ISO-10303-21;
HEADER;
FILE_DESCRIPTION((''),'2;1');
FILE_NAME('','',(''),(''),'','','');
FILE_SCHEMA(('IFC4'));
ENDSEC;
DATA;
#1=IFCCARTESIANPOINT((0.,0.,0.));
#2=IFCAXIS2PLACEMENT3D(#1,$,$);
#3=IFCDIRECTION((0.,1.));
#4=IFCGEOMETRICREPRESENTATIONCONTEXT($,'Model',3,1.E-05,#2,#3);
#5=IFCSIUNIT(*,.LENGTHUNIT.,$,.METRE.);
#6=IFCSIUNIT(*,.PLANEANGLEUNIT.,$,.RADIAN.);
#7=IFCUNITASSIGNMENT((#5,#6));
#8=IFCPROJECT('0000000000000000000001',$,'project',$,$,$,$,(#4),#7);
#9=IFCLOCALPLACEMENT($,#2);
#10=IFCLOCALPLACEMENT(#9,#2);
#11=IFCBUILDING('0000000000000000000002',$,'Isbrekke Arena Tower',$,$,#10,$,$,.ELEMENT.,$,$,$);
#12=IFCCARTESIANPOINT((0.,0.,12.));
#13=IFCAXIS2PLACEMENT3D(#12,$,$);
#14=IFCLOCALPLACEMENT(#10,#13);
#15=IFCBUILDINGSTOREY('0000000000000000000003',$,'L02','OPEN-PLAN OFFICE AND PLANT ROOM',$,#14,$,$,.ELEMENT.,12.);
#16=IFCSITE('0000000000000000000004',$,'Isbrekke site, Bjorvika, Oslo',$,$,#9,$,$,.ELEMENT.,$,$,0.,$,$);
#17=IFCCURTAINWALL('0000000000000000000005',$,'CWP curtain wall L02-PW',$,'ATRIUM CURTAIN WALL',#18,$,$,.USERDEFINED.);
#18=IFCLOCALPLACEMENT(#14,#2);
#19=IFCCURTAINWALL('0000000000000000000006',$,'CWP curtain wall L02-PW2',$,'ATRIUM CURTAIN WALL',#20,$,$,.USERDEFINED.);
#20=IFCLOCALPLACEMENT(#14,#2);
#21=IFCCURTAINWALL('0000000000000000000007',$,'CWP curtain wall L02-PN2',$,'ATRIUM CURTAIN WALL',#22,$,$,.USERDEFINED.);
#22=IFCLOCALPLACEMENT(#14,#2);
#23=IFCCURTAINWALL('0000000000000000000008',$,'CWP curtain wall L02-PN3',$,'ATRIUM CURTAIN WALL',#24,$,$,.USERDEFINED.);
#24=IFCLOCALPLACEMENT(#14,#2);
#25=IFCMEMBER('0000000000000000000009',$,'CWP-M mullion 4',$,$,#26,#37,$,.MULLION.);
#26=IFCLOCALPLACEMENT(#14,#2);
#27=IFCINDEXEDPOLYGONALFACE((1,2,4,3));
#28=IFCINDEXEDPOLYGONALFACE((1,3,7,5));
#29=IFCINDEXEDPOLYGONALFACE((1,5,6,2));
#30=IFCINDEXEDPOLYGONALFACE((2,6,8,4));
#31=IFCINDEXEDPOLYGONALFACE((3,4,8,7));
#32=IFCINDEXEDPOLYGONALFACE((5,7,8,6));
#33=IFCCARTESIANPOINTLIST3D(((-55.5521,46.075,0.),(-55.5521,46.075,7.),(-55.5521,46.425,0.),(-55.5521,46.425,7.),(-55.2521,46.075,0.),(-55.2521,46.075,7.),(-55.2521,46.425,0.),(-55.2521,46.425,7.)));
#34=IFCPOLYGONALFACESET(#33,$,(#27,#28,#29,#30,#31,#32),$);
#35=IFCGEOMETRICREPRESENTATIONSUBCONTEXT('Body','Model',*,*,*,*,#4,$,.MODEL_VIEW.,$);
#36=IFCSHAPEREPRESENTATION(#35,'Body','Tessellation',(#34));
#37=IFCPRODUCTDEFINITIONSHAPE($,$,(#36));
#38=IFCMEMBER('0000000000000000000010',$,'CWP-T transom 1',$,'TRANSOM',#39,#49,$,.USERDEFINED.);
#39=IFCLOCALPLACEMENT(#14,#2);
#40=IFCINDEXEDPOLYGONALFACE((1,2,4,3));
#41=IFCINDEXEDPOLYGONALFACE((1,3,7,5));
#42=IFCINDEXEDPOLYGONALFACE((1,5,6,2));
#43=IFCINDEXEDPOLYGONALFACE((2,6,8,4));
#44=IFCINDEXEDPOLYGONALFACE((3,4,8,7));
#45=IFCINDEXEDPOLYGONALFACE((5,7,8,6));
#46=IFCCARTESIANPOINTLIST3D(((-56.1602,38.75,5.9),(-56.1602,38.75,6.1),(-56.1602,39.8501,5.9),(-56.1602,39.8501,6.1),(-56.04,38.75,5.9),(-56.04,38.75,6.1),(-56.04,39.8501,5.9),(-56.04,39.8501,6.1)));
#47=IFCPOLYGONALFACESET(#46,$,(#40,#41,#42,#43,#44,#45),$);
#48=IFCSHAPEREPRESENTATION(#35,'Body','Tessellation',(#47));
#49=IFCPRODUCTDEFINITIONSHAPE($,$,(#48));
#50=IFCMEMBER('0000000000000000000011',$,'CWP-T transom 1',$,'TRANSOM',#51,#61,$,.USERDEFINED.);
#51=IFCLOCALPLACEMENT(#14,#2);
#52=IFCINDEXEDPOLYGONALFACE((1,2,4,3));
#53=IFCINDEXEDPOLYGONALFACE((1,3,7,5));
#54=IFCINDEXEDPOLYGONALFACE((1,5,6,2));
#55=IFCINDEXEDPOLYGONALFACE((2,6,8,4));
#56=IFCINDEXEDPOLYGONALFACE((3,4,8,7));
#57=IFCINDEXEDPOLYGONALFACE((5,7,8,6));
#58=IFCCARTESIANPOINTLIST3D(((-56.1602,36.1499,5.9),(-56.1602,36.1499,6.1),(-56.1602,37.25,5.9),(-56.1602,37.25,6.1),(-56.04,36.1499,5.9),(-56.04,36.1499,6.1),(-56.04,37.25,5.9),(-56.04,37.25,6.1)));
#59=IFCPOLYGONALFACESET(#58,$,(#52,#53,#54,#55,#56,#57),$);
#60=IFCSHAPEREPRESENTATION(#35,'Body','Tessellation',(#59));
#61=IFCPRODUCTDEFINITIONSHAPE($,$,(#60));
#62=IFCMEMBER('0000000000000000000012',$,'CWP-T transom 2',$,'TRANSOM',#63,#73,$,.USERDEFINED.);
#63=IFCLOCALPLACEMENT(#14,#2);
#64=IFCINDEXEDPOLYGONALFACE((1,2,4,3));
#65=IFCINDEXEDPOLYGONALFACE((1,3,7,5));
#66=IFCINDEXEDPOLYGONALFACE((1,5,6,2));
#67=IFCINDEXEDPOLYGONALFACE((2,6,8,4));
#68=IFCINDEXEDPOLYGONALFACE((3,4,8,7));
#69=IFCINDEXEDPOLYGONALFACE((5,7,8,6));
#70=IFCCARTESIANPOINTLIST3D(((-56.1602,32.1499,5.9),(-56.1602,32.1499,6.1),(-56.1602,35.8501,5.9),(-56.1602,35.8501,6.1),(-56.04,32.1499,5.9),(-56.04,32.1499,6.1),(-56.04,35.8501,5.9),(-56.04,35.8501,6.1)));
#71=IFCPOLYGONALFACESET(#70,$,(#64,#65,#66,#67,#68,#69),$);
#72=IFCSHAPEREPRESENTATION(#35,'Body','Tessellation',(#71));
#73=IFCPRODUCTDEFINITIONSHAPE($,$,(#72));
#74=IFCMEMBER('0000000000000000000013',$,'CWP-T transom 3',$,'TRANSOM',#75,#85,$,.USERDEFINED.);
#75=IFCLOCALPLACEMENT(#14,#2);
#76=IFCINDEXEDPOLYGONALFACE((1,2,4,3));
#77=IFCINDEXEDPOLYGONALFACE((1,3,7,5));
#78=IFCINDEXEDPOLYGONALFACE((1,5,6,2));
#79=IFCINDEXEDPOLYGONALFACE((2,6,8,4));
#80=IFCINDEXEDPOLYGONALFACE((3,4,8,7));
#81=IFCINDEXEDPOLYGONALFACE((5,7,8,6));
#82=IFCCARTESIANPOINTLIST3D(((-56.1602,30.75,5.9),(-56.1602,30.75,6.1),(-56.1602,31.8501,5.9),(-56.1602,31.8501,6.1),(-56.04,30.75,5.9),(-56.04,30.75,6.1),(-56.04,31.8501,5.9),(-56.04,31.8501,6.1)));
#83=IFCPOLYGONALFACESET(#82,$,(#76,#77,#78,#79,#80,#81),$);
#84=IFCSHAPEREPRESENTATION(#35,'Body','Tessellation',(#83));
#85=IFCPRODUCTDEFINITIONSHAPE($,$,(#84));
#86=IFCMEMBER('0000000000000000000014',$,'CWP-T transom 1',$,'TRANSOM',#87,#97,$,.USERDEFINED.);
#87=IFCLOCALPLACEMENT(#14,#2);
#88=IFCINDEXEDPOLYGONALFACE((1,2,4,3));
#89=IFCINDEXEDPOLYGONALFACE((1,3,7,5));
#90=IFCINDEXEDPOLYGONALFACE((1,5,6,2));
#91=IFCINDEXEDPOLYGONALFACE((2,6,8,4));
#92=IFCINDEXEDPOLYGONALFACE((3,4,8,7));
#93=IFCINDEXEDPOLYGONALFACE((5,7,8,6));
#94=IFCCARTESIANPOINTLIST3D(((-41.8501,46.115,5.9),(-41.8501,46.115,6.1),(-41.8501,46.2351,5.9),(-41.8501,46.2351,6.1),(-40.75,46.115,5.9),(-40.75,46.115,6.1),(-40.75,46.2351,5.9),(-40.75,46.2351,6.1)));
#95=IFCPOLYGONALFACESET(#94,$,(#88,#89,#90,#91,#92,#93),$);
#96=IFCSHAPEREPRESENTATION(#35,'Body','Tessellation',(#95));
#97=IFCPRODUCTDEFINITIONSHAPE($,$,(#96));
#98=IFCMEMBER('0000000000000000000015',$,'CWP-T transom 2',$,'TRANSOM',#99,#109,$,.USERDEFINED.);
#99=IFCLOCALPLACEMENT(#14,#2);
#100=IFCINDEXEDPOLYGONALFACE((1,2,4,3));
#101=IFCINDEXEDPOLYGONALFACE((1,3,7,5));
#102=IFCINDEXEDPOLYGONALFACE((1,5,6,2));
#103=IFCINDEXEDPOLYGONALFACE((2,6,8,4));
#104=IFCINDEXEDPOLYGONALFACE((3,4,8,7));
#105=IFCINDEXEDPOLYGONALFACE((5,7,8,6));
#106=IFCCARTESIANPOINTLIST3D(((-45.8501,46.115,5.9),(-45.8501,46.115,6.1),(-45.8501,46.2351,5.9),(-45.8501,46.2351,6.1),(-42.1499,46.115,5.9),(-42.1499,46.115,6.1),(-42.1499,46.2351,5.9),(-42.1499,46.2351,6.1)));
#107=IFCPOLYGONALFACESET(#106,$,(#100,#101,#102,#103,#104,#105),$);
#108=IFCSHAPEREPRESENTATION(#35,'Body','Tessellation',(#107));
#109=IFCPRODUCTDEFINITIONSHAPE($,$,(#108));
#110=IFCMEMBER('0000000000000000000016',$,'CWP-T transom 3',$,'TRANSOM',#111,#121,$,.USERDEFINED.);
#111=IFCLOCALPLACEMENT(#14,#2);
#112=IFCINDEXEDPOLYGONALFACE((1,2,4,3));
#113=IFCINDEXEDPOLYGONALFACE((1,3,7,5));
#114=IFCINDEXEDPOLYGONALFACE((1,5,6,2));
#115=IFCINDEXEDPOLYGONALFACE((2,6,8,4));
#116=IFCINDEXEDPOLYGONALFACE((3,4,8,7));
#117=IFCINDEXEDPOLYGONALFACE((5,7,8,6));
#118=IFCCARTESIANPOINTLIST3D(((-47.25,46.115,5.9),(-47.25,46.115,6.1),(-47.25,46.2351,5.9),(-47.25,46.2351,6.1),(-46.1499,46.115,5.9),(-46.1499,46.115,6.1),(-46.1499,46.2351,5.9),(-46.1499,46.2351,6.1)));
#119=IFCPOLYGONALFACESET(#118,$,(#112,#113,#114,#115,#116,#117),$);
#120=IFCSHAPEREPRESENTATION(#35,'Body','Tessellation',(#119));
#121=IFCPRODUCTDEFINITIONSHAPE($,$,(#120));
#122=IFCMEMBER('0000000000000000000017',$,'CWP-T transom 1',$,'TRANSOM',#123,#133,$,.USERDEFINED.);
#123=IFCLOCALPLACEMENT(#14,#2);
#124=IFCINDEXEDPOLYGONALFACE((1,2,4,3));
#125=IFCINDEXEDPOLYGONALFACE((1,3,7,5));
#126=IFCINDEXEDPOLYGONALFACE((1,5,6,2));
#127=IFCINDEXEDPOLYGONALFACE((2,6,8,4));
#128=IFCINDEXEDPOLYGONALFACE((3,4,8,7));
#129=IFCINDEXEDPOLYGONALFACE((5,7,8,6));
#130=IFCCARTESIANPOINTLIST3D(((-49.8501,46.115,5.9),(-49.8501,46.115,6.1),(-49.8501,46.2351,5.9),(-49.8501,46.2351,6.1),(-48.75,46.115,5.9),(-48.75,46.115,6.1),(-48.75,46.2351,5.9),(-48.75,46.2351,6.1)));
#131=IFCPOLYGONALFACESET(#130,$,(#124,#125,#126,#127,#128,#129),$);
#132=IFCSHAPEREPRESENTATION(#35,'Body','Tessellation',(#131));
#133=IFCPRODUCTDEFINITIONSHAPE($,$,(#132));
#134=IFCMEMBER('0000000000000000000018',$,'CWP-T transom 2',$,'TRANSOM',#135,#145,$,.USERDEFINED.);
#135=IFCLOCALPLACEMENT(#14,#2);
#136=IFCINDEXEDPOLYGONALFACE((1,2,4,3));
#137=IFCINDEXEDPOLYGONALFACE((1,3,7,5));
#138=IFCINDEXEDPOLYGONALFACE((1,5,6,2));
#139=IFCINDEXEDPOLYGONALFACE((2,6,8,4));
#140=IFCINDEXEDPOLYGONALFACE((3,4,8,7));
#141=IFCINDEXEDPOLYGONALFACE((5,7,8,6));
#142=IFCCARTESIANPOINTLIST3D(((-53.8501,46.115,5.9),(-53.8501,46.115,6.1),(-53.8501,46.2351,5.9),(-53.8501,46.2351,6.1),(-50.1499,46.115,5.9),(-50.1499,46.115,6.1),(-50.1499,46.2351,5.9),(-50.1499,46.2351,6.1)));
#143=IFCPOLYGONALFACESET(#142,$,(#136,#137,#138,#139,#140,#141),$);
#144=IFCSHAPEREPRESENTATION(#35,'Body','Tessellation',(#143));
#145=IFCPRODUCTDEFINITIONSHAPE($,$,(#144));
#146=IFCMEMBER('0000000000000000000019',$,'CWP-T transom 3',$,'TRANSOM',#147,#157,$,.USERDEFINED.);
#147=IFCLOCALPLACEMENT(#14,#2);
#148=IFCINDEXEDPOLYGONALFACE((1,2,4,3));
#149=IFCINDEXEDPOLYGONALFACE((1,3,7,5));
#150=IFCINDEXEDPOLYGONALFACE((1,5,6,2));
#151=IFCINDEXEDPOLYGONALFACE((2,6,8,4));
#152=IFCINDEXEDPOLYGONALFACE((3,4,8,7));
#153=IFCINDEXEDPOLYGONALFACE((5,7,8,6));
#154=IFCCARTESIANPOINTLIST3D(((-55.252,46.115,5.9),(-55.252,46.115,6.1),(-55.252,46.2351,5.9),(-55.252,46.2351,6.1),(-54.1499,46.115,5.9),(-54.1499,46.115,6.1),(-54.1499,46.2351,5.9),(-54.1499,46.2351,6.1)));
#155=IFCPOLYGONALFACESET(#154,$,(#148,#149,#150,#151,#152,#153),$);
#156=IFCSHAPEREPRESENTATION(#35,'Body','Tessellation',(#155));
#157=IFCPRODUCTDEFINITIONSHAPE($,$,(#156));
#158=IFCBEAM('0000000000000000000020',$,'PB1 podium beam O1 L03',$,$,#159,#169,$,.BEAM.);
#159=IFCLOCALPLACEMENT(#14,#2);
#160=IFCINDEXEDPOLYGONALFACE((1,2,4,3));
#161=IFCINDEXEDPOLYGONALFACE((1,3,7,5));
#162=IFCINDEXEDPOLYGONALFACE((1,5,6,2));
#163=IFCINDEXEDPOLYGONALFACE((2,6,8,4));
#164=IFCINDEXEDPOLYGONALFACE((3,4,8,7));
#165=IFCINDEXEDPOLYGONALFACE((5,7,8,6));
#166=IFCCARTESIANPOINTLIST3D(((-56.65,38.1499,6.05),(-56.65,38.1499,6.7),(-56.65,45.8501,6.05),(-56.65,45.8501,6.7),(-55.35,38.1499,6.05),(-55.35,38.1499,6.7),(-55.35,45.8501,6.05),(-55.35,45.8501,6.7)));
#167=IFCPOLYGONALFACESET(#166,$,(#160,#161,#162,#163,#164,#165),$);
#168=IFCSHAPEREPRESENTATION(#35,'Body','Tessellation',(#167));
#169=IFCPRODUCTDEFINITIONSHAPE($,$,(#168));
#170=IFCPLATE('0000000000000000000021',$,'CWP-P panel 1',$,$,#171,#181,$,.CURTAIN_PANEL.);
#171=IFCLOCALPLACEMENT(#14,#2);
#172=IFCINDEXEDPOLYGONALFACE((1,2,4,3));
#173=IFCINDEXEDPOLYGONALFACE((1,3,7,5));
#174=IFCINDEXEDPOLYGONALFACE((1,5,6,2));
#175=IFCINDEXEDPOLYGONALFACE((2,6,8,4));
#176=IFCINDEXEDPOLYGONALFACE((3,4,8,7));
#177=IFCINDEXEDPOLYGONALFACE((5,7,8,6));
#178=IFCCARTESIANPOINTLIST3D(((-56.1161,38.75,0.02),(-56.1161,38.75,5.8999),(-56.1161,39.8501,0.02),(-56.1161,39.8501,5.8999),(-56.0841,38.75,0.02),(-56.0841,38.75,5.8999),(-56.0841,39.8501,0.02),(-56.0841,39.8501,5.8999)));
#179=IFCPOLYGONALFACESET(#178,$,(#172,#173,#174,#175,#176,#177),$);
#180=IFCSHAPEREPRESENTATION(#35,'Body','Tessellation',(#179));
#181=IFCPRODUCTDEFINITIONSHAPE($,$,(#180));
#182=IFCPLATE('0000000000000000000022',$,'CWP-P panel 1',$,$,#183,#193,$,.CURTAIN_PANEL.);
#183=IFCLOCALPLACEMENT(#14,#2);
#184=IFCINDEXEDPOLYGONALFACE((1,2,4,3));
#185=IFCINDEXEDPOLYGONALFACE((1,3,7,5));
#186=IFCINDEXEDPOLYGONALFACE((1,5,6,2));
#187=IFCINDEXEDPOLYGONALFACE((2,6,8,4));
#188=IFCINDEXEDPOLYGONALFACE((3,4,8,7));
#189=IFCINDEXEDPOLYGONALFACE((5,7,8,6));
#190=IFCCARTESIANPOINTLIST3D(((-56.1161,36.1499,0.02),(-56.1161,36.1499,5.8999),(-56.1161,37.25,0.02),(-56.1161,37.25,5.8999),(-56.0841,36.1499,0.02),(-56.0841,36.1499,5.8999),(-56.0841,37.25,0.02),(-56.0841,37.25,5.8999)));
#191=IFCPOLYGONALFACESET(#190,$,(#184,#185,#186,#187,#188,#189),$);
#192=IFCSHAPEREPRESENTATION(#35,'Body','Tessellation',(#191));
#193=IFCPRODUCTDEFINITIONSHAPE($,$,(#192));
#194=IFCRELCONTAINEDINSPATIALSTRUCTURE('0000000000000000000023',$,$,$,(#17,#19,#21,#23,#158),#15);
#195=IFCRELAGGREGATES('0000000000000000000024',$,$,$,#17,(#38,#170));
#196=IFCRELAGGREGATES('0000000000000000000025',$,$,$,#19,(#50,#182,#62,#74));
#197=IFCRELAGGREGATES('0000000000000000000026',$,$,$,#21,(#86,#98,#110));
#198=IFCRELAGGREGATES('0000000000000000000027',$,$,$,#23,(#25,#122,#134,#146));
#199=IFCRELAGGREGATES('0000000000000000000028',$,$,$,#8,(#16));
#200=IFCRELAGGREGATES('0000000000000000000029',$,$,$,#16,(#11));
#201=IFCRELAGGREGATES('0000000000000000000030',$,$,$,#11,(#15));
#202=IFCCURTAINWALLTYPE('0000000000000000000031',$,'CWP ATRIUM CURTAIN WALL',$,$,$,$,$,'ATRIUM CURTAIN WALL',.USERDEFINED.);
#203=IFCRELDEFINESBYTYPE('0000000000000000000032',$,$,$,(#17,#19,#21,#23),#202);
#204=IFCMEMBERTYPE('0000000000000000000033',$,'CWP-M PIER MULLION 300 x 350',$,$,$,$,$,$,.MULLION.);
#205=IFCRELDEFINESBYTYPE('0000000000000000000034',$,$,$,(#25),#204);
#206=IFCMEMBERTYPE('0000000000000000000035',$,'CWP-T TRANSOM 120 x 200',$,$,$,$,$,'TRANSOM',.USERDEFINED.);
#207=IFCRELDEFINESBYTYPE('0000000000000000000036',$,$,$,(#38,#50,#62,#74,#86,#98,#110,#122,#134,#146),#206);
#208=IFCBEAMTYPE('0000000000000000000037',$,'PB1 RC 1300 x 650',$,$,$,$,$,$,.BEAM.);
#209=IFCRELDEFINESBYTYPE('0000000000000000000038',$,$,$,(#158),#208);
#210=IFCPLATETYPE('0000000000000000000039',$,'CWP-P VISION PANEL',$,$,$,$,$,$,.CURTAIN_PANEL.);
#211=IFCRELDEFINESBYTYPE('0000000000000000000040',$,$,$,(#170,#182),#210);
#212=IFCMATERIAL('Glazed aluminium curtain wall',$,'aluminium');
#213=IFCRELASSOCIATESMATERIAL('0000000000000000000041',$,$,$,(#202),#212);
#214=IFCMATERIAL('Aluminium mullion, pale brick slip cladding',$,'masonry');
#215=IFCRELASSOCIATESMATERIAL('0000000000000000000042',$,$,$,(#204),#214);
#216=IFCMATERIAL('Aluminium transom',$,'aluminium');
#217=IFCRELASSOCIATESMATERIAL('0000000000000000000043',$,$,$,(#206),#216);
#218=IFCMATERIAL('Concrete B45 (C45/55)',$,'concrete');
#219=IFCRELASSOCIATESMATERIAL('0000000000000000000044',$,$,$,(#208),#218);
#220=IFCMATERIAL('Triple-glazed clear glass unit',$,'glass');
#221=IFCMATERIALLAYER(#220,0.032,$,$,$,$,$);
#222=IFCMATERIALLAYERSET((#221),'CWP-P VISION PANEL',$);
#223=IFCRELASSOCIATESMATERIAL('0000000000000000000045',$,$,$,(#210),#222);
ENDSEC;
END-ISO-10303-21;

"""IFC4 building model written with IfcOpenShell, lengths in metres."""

from ifc_helpers import new_model, si_unit, direction, frame, origin, origin_2d, place, context, subcontext, project, spatial, rectangle, extrude, material, layer, layer_set, material_profile, profile_set, type_object, element, aggregate, save


model = new_model("IFC4")

# Units and contexts
model_context = context("Model", 3, precision=1e-05, world=origin(), true_north=direction((0.0, 1.0)))
body_context = subcontext(model_context, "Body", "Model", "MODEL_VIEW")
ifc_project = project(units=[si_unit("LENGTHUNIT", "METRE"), si_unit("PLANEANGLEUNIT", "RADIAN")], contexts=[model_context])

# Site, building, storey
site_placement = place(None, origin())
site = spatial("IfcSite", under=ifc_project, at=site_placement, Name="Isbrekke site, Bjorvika, Oslo", CompositionType="ELEMENT", RefElevation=0.0)
building_placement = place(site_placement, origin())
building = spatial("IfcBuilding", under=site, at=building_placement, Name="Isbrekke Arena Tower", CompositionType="ELEMENT")
storey_placement = place(building_placement, frame((0.0, 0.0, 12.0)))
storey = spatial("IfcBuildingStorey", under=building, at=storey_placement, Name="L02", Description="OPEN-PLAN OFFICE AND PLANT ROOM", CompositionType="ELEMENT", Elevation=12.0)

# Curtain walls, member
ifc_material_1 = material(Name="Glazed aluminium curtain wall", Category="aluminium")
curtain_wall_type = type_object("IfcCurtainWallType", Name="CWP ATRIUM CURTAIN WALL", ElementType="ATRIUM CURTAIN WALL", PredefinedType="USERDEFINED", material=ifc_material_1)
curtain_wall_1_placement = place(storey_placement, origin())
curtain_wall_1 = element("IfcCurtainWall", 1, at=curtain_wall_1_placement, inside=storey, type_object=curtain_wall_type, Name="CWP curtain wall L02-PW", ObjectType="ATRIUM CURTAIN WALL", PredefinedType="USERDEFINED")
ifc_material_2 = material(Name="Aluminium mullion, pale brick slip cladding", Category="masonry")
ifc_material_profile_1 = material_profile(ifc_material_2, rectangle(XDim=0.3, YDim=0.3501, at=origin_2d()), Name="PIER 300X350")
ifc_profile_set_1 = profile_set([ifc_material_profile_1], Name="Aluminium mullion, pale brick slip cladding")
member_type_1 = type_object("IfcMemberType", Name="CWP-M PIER MULLION 300 x 350", PredefinedType="MULLION", material=ifc_profile_set_1)
curtain_wall_2_placement = place(storey_placement, origin())
curtain_wall_2 = element("IfcCurtainWall", 2, at=curtain_wall_2_placement, inside=storey, type_object=curtain_wall_type, Name="CWP curtain wall L02-PW2", ObjectType="ATRIUM CURTAIN WALL", PredefinedType="USERDEFINED")
curtain_wall_3_placement = place(storey_placement, origin())
curtain_wall_3 = element("IfcCurtainWall", 3, at=curtain_wall_3_placement, inside=storey, type_object=curtain_wall_type, Name="CWP curtain wall L02-PN2", ObjectType="ATRIUM CURTAIN WALL", PredefinedType="USERDEFINED")
curtain_wall_4_placement = place(storey_placement, origin())
curtain_wall_4 = element("IfcCurtainWall", 4, at=curtain_wall_4_placement, inside=storey, type_object=curtain_wall_type, Name="CWP curtain wall L02-PN3", ObjectType="ATRIUM CURTAIN WALL", PredefinedType="USERDEFINED")
member_1_placement = place(storey_placement, frame((-55.4021, 46.25, 0.0), z_axis=(0.0, 0.0, 1.0), x_axis=(-1.0, 0.0, 0.0)))
member_1 = element("IfcMember", 5, at=member_1_placement, type_object=member_type_1, Name="CWP-M mullion 4", PredefinedType="MULLION", context=body_context, shape_type="SweptSolid", body=[
    extrude(rectangle(XDim=0.3, YDim=0.3501, at=origin_2d()), origin(), (0.0, 0.0, 1.0), 7.0),
])

# Members
ifc_material_3 = material(Name="Aluminium transom", Category="aluminium")
ifc_material_profile_2 = material_profile(ifc_material_3, rectangle(XDim=0.1201, YDim=0.2, at=origin_2d()), Name="TRANSOM 120X200")
ifc_profile_set_2 = profile_set([ifc_material_profile_2], Name="Aluminium transom")
member_type_2 = type_object("IfcMemberType", Name="CWP-T TRANSOM 120 x 200", ElementType="TRANSOM", PredefinedType="USERDEFINED", material=ifc_profile_set_2)
member_2_placement = place(storey_placement, frame((-56.1001, 39.8501, 6.0), z_axis=(0.0, -1.0, 0.0), x_axis=(1.0, 0.0, 0.0)))
member_2 = element("IfcMember", 6, at=member_2_placement, type_object=member_type_2, Name="CWP-T transom 1", ObjectType="TRANSOM", PredefinedType="USERDEFINED", context=body_context, shape_type="SweptSolid", body=[
    extrude(rectangle(XDim=0.1201, YDim=0.2, at=origin_2d()), origin(), (0.0, 0.0, 1.0), 1.1001),
])
member_3_placement = place(storey_placement, frame((-56.1001, 37.25, 6.0), z_axis=(0.0, -1.0, 0.0), x_axis=(1.0, 0.0, 0.0)))
member_3 = element("IfcMember", 7, at=member_3_placement, type_object=member_type_2, Name="CWP-T transom 1", ObjectType="TRANSOM", PredefinedType="USERDEFINED", context=body_context, shape_type="SweptSolid", body=[
    extrude(rectangle(XDim=0.1201, YDim=0.2, at=origin_2d()), origin(), (0.0, 0.0, 1.0), 1.1001),
])
member_4_placement = place(storey_placement, frame((-56.1001, 35.8501, 6.0), z_axis=(0.0, -1.0, 0.0), x_axis=(1.0, 0.0, 0.0)))
member_4 = element("IfcMember", 8, at=member_4_placement, type_object=member_type_2, Name="CWP-T transom 2", ObjectType="TRANSOM", PredefinedType="USERDEFINED", context=body_context, shape_type="SweptSolid", body=[
    extrude(rectangle(XDim=0.1201, YDim=0.2, at=origin_2d()), origin(), (0.0, 0.0, 1.0), 3.7002),
])
member_5_placement = place(storey_placement, frame((-56.1001, 31.8501, 6.0), z_axis=(0.0, -1.0, 0.0), x_axis=(1.0, 0.0, 0.0)))
member_5 = element("IfcMember", 9, at=member_5_placement, type_object=member_type_2, Name="CWP-T transom 3", ObjectType="TRANSOM", PredefinedType="USERDEFINED", context=body_context, shape_type="SweptSolid", body=[
    extrude(rectangle(XDim=0.1201, YDim=0.2, at=origin_2d()), origin(), (0.0, 0.0, 1.0), 1.1001),
])
member_6_placement = place(storey_placement, frame((-40.75, 46.175, 6.0), z_axis=(-1.0, 0.0, 0.0), x_axis=(0.0, -1.0, 0.0)))
member_6 = element("IfcMember", 10, at=member_6_placement, type_object=member_type_2, Name="CWP-T transom 1", ObjectType="TRANSOM", PredefinedType="USERDEFINED", context=body_context, shape_type="SweptSolid", body=[
    extrude(rectangle(XDim=0.1201, YDim=0.2, at=origin_2d()), origin(), (0.0, 0.0, 1.0), 1.1001),
])
member_7_placement = place(storey_placement, frame((-42.1499, 46.175, 6.0), z_axis=(-1.0, 0.0, 0.0), x_axis=(0.0, -1.0, 0.0)))
member_7 = element("IfcMember", 11, at=member_7_placement, type_object=member_type_2, Name="CWP-T transom 2", ObjectType="TRANSOM", PredefinedType="USERDEFINED", context=body_context, shape_type="SweptSolid", body=[
    extrude(rectangle(XDim=0.1201, YDim=0.2, at=origin_2d()), origin(), (0.0, 0.0, 1.0), 3.7002),
])
member_8_placement = place(storey_placement, frame((-46.1499, 46.175, 6.0), z_axis=(-1.0, 0.0, 0.0), x_axis=(0.0, -1.0, 0.0)))
member_8 = element("IfcMember", 12, at=member_8_placement, type_object=member_type_2, Name="CWP-T transom 3", ObjectType="TRANSOM", PredefinedType="USERDEFINED", context=body_context, shape_type="SweptSolid", body=[
    extrude(rectangle(XDim=0.1201, YDim=0.2, at=origin_2d()), origin(), (0.0, 0.0, 1.0), 1.1001),
])
member_9_placement = place(storey_placement, frame((-48.75, 46.175, 6.0), z_axis=(-1.0, 0.0, 0.0), x_axis=(0.0, -1.0, 0.0)))
member_9 = element("IfcMember", 13, at=member_9_placement, type_object=member_type_2, Name="CWP-T transom 1", ObjectType="TRANSOM", PredefinedType="USERDEFINED", context=body_context, shape_type="SweptSolid", body=[
    extrude(rectangle(XDim=0.1201, YDim=0.2, at=origin_2d()), origin(), (0.0, 0.0, 1.0), 1.1001),
])
member_10_placement = place(storey_placement, frame((-50.1499, 46.175, 6.0), z_axis=(-1.0, 0.0, 0.0), x_axis=(0.0, -1.0, 0.0)))
member_10 = element("IfcMember", 14, at=member_10_placement, type_object=member_type_2, Name="CWP-T transom 2", ObjectType="TRANSOM", PredefinedType="USERDEFINED", context=body_context, shape_type="SweptSolid", body=[
    extrude(rectangle(XDim=0.1201, YDim=0.2, at=origin_2d()), origin(), (0.0, 0.0, 1.0), 3.7002),
])
member_11_placement = place(storey_placement, frame((-54.1499, 46.175, 6.0), z_axis=(-1.0, 0.0, 0.0), x_axis=(0.0, -1.0, 0.0)))
member_11 = element("IfcMember", 15, at=member_11_placement, type_object=member_type_2, Name="CWP-T transom 3", ObjectType="TRANSOM", PredefinedType="USERDEFINED", context=body_context, shape_type="SweptSolid", body=[
    extrude(rectangle(XDim=0.1201, YDim=0.2, at=origin_2d()), origin(), (0.0, 0.0, 1.0), 1.1021),
])

# Beam
ifc_material_4 = material(Name="Concrete B45 (C45/55)", Category="concrete")
ifc_material_profile_3 = material_profile(ifc_material_4, rectangle(XDim=1.3, YDim=0.6499, at=origin_2d()), Name="RC 1300x650")
ifc_profile_set_3 = profile_set([ifc_material_profile_3], Name="Concrete B45 (C45/55)")
beam_type = type_object("IfcBeamType", Name="PB1 RC 1300 x 650", PredefinedType="BEAM", material=ifc_profile_set_3)
beam_placement = place(storey_placement, frame((-56.0, 38.1499, 6.375), z_axis=(0.0, 1.0, 0.0), x_axis=(-1.0, 0.0, 0.0)))
element("IfcBeam", 16, at=beam_placement, inside=storey, type_object=beam_type, Name="PB1 podium beam O1 L03", PredefinedType="BEAM", context=body_context, shape_type="SweptSolid", body=[
    extrude(rectangle(XDim=1.3, YDim=0.6499, at=origin_2d()), origin(), (0.0, 0.0, 1.0), 7.7002),
])

# Plates
ifc_material_5 = material(Name="Triple-glazed clear glass unit", Category="glass")
ifc_layer_1 = layer(ifc_material_5, 0.032)
ifc_layer_set_1 = layer_set([ifc_layer_1], Name="CWP-P VISION PANEL")
plate_type = type_object("IfcPlateType", Name="CWP-P VISION PANEL", PredefinedType="CURTAIN_PANEL", material=ifc_layer_set_1)
plate_1_placement = place(storey_placement, frame((-56.1001, 39.3, 0.02), z_axis=(0.0, 0.0, 1.0), x_axis=(0.0, -1.0, 0.0)))
plate_1 = element("IfcPlate", 17, at=plate_1_placement, type_object=plate_type, Name="CWP-P panel 1", PredefinedType="CURTAIN_PANEL", context=body_context, shape_type="SweptSolid", body=[
    extrude(rectangle(XDim=1.1001, YDim=0.032, at=origin_2d()), origin(), (0.0, 0.0, 1.0), 5.8799),
])
aggregate(curtain_wall_1, [member_2, plate_1])
plate_2_placement = place(storey_placement, frame((-56.1001, 36.7, 0.02), z_axis=(0.0, 0.0, 1.0), x_axis=(0.0, -1.0, 0.0)))
plate_2 = element("IfcPlate", 18, at=plate_2_placement, type_object=plate_type, Name="CWP-P panel 1", PredefinedType="CURTAIN_PANEL", context=body_context, shape_type="SweptSolid", body=[
    extrude(rectangle(XDim=1.1001, YDim=0.032, at=origin_2d()), origin(), (0.0, 0.0, 1.0), 5.8799),
])
aggregate(curtain_wall_2, [member_3, plate_2, member_4, member_5])
aggregate(curtain_wall_3, [member_6, member_7, member_8])
aggregate(curtain_wall_4, [member_1, member_9, member_10, member_11])

save(model, "model.ifc")
